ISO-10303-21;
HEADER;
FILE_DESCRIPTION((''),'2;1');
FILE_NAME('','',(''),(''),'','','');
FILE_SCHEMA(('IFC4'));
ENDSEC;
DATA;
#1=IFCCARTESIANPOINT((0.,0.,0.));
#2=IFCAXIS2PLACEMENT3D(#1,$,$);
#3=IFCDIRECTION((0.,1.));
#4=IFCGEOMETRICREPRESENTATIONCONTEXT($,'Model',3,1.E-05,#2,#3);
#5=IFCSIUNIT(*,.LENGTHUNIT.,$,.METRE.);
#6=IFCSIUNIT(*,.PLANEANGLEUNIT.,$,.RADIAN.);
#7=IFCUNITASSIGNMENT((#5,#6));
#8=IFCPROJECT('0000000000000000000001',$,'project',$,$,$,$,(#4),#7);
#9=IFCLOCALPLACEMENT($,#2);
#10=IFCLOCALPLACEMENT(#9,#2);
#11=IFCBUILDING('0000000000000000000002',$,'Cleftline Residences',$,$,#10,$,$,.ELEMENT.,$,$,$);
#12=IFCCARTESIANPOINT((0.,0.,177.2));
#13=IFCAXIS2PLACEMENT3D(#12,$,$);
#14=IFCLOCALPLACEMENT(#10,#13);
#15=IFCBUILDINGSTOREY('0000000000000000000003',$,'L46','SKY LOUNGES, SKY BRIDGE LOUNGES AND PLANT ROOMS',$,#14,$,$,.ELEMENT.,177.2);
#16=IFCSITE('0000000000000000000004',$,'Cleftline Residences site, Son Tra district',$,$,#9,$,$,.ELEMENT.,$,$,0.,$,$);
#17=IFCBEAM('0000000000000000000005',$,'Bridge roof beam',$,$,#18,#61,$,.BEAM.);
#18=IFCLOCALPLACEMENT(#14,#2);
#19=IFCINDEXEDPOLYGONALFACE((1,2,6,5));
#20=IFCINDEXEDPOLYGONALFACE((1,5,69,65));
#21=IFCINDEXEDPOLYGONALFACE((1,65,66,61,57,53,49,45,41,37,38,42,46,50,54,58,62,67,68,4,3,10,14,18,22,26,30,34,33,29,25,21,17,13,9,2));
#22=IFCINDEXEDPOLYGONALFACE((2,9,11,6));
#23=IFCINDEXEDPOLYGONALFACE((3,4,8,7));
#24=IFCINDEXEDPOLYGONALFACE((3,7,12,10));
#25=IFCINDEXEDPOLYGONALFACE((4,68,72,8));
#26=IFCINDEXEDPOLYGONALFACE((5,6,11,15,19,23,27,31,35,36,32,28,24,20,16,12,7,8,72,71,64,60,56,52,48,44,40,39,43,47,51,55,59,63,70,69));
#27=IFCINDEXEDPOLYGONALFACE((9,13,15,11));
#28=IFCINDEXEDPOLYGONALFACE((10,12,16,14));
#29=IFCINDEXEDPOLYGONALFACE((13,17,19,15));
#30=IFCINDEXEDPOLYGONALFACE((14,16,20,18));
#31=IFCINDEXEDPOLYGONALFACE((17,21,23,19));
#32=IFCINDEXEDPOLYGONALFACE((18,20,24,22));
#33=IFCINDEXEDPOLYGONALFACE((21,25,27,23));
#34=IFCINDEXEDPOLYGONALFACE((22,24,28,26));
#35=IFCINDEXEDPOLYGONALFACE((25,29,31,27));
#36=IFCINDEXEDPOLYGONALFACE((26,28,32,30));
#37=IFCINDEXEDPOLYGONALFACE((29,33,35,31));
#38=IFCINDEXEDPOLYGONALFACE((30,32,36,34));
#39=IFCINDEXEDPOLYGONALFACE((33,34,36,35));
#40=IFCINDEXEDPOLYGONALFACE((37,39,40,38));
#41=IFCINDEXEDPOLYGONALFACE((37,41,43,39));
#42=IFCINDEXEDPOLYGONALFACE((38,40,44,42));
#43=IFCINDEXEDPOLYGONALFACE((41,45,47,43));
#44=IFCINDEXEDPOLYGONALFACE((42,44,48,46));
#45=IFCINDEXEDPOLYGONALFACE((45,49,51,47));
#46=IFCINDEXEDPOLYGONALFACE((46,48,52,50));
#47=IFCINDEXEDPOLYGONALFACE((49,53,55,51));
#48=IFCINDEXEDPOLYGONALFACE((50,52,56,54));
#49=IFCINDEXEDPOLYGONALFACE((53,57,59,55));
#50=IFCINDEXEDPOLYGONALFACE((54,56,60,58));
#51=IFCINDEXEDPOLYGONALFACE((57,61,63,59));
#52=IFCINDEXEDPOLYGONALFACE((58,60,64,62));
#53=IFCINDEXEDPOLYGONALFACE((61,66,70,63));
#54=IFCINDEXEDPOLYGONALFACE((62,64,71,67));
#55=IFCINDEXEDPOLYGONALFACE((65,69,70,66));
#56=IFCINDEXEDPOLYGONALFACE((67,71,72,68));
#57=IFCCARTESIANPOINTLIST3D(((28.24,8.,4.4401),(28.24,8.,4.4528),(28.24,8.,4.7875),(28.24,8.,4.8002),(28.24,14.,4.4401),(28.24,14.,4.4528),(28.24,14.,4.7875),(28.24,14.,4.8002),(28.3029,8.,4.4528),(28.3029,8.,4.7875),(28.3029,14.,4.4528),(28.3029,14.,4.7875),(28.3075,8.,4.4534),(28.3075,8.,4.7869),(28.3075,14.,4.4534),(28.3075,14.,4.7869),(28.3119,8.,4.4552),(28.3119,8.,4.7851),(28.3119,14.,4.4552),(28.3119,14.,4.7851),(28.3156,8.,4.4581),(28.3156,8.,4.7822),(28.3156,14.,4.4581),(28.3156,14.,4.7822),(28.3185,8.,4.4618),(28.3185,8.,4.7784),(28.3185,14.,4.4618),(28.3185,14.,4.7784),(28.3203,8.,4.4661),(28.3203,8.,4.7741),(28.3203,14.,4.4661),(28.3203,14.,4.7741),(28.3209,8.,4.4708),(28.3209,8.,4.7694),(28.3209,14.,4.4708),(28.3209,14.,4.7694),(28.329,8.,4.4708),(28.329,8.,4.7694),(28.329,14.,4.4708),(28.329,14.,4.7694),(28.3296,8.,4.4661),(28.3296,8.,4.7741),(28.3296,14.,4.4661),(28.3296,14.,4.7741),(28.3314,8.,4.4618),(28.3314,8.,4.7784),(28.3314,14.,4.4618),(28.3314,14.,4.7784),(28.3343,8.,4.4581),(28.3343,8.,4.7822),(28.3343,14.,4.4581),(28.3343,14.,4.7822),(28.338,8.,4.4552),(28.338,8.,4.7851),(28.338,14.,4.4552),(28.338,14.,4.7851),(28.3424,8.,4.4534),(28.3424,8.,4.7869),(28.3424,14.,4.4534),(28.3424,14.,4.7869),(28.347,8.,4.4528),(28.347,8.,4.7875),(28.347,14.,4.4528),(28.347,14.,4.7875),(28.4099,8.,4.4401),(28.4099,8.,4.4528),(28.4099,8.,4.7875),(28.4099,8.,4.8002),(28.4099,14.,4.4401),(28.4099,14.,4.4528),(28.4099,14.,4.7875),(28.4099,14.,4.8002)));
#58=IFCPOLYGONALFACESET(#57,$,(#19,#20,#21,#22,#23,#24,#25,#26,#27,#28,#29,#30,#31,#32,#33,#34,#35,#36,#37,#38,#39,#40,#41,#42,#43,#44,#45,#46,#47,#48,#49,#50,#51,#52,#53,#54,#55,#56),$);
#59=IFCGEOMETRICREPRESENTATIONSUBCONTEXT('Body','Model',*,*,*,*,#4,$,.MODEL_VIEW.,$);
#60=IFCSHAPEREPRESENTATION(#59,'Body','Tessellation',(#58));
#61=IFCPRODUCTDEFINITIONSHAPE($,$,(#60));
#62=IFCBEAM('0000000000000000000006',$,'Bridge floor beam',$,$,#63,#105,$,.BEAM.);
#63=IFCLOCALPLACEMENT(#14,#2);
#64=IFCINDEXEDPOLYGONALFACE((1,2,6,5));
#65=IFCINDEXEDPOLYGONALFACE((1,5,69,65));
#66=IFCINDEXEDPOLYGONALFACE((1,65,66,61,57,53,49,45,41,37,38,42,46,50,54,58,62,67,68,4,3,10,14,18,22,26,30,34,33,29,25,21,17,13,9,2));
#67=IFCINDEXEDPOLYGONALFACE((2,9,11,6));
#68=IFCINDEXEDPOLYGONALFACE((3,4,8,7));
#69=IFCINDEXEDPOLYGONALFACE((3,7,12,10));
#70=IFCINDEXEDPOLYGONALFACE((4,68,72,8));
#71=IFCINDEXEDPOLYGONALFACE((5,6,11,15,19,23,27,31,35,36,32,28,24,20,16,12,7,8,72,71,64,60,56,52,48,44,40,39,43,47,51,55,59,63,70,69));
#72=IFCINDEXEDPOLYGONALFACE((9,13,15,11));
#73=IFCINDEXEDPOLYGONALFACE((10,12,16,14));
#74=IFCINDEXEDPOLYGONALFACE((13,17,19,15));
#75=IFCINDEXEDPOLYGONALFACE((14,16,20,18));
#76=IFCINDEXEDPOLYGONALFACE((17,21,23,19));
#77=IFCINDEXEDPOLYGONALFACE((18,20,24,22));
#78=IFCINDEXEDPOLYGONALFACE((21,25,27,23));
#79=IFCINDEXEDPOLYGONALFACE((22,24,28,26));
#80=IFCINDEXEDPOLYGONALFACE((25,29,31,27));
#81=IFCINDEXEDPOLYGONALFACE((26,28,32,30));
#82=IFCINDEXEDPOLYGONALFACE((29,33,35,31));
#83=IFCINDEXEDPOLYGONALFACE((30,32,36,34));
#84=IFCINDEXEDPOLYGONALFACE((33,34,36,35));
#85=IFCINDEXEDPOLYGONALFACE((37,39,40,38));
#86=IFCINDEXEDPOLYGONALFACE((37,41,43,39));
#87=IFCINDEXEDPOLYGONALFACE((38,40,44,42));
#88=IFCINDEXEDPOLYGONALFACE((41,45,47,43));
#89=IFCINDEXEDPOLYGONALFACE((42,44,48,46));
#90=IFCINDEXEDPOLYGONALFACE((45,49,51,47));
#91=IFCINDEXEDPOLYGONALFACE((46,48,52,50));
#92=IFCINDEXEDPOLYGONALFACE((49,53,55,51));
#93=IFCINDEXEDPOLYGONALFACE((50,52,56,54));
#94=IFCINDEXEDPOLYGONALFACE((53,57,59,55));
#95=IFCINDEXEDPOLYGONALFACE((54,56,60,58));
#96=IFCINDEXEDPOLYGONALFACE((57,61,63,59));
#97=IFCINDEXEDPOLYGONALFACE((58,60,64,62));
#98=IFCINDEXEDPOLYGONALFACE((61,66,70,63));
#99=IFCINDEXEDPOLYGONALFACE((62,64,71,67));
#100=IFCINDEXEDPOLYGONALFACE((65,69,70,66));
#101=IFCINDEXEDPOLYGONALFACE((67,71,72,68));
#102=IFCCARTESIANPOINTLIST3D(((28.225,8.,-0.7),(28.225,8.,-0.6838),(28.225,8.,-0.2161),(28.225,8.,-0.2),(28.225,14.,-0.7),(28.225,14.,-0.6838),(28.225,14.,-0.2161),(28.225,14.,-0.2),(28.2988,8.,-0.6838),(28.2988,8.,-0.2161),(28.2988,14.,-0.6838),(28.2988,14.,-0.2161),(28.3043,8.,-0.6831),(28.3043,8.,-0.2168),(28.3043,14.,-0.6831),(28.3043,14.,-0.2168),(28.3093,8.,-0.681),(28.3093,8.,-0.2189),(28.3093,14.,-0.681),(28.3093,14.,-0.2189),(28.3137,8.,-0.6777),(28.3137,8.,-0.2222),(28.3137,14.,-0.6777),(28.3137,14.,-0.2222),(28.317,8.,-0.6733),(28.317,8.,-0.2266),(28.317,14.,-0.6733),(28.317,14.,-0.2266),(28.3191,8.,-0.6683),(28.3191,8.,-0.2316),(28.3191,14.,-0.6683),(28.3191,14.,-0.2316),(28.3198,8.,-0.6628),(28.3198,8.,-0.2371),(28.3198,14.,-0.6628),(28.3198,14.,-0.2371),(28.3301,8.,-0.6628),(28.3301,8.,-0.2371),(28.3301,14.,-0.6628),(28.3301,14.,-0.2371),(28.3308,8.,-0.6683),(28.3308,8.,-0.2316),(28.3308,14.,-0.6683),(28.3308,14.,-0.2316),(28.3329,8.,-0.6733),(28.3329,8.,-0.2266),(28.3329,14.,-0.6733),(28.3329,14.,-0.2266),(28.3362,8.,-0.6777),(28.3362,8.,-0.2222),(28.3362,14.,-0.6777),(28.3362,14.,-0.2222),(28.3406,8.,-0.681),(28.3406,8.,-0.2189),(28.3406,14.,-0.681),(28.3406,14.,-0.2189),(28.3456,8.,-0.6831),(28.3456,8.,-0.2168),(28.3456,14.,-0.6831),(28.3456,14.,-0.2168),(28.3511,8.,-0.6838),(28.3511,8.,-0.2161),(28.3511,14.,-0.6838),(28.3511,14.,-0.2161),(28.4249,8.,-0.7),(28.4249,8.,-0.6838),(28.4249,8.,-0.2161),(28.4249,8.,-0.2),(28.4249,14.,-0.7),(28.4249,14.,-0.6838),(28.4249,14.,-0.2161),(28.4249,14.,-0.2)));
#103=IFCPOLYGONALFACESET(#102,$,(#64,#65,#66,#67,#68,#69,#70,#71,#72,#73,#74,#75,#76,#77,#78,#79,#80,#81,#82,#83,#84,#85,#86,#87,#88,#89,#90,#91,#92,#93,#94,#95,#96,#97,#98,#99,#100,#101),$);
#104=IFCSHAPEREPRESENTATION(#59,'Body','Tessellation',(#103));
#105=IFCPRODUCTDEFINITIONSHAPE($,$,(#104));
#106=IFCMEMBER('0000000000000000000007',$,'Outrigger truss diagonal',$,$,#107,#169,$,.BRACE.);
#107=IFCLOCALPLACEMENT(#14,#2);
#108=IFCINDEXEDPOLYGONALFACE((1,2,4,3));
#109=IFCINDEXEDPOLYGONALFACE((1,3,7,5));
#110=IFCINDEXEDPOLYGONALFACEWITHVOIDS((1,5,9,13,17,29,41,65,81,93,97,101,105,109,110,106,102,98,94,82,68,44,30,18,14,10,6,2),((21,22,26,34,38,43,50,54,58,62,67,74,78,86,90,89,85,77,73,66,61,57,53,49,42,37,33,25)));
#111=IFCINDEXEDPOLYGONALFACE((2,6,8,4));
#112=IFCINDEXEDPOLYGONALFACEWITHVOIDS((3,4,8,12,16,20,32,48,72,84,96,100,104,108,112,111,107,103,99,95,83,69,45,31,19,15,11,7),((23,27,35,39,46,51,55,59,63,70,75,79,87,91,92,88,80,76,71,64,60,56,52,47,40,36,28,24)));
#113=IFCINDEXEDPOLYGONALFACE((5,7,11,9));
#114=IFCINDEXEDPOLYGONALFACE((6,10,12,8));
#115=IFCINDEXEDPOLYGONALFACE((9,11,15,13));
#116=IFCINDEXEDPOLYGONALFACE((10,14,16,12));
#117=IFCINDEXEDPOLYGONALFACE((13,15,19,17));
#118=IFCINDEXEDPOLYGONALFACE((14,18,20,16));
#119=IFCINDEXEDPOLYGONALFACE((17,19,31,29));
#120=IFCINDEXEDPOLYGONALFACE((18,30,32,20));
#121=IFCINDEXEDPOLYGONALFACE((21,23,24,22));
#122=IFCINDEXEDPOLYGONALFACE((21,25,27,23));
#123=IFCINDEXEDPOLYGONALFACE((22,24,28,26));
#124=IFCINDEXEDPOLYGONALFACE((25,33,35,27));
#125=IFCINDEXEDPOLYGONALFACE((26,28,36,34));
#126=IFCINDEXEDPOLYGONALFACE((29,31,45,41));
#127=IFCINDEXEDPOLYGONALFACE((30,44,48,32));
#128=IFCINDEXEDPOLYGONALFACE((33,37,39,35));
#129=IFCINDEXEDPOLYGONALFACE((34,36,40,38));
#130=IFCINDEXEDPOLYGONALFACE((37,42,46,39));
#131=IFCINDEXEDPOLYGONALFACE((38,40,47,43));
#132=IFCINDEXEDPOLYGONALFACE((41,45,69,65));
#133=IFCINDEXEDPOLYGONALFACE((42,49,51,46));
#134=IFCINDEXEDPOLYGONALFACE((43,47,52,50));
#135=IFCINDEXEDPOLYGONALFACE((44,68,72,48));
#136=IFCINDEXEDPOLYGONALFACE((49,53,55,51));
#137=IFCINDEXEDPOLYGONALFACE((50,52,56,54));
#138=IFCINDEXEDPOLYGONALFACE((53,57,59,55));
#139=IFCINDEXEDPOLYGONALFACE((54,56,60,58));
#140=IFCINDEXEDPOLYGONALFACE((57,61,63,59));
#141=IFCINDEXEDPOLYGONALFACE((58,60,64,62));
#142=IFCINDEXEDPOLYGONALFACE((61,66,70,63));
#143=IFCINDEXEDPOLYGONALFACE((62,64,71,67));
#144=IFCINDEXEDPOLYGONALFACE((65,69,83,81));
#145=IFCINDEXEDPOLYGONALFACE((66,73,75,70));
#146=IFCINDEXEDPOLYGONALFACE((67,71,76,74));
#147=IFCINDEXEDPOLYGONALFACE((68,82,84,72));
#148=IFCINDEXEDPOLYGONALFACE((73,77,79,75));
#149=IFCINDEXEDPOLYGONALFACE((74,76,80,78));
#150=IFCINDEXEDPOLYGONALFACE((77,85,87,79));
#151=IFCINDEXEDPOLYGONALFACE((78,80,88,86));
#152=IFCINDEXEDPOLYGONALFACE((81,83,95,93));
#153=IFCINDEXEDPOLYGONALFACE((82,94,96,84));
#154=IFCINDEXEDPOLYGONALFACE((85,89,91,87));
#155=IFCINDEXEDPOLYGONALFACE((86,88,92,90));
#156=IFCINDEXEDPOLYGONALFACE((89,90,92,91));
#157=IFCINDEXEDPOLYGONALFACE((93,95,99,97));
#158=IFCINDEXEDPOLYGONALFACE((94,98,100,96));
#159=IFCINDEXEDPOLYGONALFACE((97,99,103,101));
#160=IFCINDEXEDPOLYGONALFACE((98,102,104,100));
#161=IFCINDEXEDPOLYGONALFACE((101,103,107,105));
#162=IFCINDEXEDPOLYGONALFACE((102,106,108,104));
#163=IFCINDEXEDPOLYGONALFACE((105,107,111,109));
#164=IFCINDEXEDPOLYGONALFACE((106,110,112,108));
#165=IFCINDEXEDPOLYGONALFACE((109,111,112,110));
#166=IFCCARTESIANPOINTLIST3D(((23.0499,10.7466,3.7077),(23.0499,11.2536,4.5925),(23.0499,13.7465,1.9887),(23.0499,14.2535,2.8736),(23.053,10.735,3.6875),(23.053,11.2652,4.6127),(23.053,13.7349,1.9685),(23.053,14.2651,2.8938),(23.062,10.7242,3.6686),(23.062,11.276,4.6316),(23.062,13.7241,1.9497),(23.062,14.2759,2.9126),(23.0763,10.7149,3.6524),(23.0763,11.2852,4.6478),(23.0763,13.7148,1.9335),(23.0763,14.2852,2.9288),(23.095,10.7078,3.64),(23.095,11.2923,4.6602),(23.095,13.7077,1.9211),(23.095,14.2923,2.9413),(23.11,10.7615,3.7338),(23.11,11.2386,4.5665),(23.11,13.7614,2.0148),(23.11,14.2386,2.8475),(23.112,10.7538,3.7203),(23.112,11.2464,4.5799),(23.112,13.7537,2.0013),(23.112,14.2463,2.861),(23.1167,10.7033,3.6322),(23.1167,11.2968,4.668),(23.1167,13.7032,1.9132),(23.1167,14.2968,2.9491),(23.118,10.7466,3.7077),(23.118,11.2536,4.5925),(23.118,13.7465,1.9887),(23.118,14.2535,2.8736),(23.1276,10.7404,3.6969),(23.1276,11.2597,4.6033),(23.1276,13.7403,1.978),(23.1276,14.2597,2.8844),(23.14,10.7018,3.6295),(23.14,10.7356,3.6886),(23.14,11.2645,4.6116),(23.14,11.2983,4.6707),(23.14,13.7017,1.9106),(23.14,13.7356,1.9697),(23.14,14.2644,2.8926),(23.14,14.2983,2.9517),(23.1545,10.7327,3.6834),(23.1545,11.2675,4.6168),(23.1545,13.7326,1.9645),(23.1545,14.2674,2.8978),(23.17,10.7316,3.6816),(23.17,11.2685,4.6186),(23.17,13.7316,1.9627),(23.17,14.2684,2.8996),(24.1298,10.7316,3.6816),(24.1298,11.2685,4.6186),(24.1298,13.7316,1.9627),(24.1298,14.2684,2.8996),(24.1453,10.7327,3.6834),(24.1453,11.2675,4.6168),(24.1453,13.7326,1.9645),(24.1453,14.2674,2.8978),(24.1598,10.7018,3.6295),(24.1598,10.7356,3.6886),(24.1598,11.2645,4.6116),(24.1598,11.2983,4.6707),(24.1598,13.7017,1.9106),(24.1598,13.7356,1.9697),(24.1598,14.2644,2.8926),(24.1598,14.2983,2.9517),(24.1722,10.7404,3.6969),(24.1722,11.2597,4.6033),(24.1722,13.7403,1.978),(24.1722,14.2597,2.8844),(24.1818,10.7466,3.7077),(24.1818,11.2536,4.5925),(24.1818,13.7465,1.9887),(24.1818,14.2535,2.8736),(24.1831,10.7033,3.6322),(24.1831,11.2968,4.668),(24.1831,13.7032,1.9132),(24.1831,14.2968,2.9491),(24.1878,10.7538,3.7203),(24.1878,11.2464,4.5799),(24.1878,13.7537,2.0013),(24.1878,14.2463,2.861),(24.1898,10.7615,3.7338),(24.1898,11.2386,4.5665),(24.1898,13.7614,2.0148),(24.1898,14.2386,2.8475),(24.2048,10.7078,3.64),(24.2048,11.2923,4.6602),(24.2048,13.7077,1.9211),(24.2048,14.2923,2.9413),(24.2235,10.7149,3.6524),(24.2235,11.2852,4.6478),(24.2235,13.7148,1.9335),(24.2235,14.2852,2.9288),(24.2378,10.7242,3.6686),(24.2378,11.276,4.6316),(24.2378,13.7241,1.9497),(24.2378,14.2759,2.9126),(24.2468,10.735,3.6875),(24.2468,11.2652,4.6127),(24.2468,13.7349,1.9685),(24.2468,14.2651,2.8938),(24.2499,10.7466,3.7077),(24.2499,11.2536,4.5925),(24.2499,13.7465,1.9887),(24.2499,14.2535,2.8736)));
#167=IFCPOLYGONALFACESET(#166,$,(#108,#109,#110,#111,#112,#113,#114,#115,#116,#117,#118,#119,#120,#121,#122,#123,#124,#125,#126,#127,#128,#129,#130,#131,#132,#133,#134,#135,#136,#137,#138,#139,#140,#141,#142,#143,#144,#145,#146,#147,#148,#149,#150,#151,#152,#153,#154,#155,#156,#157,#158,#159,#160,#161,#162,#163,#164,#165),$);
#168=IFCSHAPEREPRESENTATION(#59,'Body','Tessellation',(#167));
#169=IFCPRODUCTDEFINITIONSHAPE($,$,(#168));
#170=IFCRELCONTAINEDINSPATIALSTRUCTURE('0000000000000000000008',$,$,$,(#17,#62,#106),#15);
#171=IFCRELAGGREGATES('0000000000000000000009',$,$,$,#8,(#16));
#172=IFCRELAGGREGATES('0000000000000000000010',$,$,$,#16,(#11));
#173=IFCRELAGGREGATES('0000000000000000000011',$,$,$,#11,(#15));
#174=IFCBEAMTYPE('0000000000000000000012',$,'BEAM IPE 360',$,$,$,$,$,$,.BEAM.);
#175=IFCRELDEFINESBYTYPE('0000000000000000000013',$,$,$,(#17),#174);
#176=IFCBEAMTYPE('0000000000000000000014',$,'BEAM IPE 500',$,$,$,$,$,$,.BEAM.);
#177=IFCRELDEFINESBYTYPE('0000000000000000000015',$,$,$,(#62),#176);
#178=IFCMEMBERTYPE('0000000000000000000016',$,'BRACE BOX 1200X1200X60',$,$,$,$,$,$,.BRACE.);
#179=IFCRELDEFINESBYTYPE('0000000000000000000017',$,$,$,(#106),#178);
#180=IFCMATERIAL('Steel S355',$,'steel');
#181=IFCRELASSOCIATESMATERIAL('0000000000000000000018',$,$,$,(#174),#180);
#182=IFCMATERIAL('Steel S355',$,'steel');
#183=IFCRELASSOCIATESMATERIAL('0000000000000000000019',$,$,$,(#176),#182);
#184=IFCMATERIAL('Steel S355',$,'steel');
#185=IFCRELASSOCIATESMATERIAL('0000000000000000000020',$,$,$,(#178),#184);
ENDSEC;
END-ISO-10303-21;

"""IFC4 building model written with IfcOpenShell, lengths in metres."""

from ifc_helpers import new_model, si_unit, direction, frame, origin, origin_2d, place, context, subcontext, project, spatial, hollow_rectangle, i_section, extrude, material, material_profile, profile_set, type_object, element, save


model = new_model("IFC4")

# Units and contexts
model_context = context("Model", 3, precision=1e-05, world=origin(), true_north=direction((0.0, 1.0)))
body_context = subcontext(model_context, "Body", "Model", "MODEL_VIEW")
ifc_project = project(units=[si_unit("LENGTHUNIT", "METRE"), si_unit("PLANEANGLEUNIT", "RADIAN")], contexts=[model_context])

# Site, building, storey
site_placement = place(None, origin())
site = spatial("IfcSite", under=ifc_project, at=site_placement, Name="Cleftline Residences site, Son Tra district", CompositionType="ELEMENT", RefElevation=0.0)
building_placement = place(site_placement, origin())
building = spatial("IfcBuilding", under=site, at=building_placement, Name="Cleftline Residences", CompositionType="ELEMENT")
storey_placement = place(building_placement, frame((0.0, 0.0, 177.2)))
storey = spatial("IfcBuildingStorey", under=building, at=storey_placement, Name="L46", Description="SKY LOUNGES, SKY BRIDGE LOUNGES AND PLANT ROOMS", CompositionType="ELEMENT", Elevation=177.2)

# Beams
ifc_material_1 = material(Name="Steel S355", Category="steel")
ifc_material_profile_1 = material_profile(ifc_material_1, i_section(OverallWidth=0.1699, OverallDepth=0.3601, WebThickness=0.0081, FlangeThickness=0.0127, FilletRadius=0.0181, at=origin_2d()))
ifc_profile_set_1 = profile_set([ifc_material_profile_1], Name="Steel S355")
beam_type_1 = type_object("IfcBeamType", Name="BEAM IPE 360", PredefinedType="BEAM", material=ifc_profile_set_1)
beam_1_placement = place(storey_placement, frame((28.325, 8.0, 4.6201), z_axis=(0.0, 1.0, 0.0), x_axis=(-1.0, 0.0, 0.0)))
element("IfcBeam", 1, at=beam_1_placement, inside=storey, type_object=beam_type_1, Name="Bridge roof beam", PredefinedType="BEAM", context=body_context, shape_type="SweptSolid", body=[
    extrude(i_section(OverallWidth=0.1699, OverallDepth=0.3601, WebThickness=0.0081, FlangeThickness=0.0127, FilletRadius=0.0181, at=origin_2d()), origin(), (0.0, 0.0, 1.0), 6.0),
])
ifc_material_2 = material(Name="Steel S355", Category="steel")
ifc_material_profile_2 = material_profile(ifc_material_2, i_section(OverallWidth=0.2, OverallDepth=0.5, WebThickness=0.0103, FlangeThickness=0.0161, FilletRadius=0.021, at=origin_2d()))
ifc_profile_set_2 = profile_set([ifc_material_profile_2], Name="Steel S355")
beam_type_2 = type_object("IfcBeamType", Name="BEAM IPE 500", PredefinedType="BEAM", material=ifc_profile_set_2)
beam_2_placement = place(storey_placement, frame((28.325, 8.0, -0.45), z_axis=(0.0, 1.0, 0.0), x_axis=(-1.0, 0.0, 0.0)))
element("IfcBeam", 2, at=beam_2_placement, inside=storey, type_object=beam_type_2, Name="Bridge floor beam", PredefinedType="BEAM", context=body_context, shape_type="SweptSolid", body=[
    extrude(i_section(OverallWidth=0.2, OverallDepth=0.5, WebThickness=0.0103, FlangeThickness=0.0161, FilletRadius=0.021, at=origin_2d()), origin(), (0.0, 0.0, 1.0), 6.0),
])

# Member
ifc_material_3 = material(Name="Steel S355", Category="steel")
ifc_material_profile_3 = material_profile(ifc_material_3, hollow_rectangle(XDim=1.2, YDim=1.2, WallThickness=0.0601, InnerFilletRadius=0.0601, OuterFilletRadius=0.0901, at=origin_2d()))
ifc_profile_set_3 = profile_set([ifc_material_profile_3], Name="Steel S355")
member_type_1 = type_object("IfcMemberType", Name="BRACE BOX 1200X1200X60", PredefinedType="BRACE", material=ifc_profile_set_3)
member_1_placement = place(storey_placement, frame((23.6499, 14.0, 2.4312), z_axis=(0.0, -0.867656, 0.497165), x_axis=(0.0, 0.497165, 0.867656)))
element("IfcMember", 3, at=member_1_placement, inside=storey, type_object=member_type_1, Name="Outrigger truss diagonal", PredefinedType="BRACE", context=body_context, shape_type="SweptSolid", body=[
    extrude(hollow_rectangle(XDim=1.2, YDim=1.2, WallThickness=0.0601, InnerFilletRadius=0.0601, OuterFilletRadius=0.0901, at=origin_2d()), origin(), (0.0, 0.0, 1.0), 3.4575),
])

save(model, "model.ifc")
